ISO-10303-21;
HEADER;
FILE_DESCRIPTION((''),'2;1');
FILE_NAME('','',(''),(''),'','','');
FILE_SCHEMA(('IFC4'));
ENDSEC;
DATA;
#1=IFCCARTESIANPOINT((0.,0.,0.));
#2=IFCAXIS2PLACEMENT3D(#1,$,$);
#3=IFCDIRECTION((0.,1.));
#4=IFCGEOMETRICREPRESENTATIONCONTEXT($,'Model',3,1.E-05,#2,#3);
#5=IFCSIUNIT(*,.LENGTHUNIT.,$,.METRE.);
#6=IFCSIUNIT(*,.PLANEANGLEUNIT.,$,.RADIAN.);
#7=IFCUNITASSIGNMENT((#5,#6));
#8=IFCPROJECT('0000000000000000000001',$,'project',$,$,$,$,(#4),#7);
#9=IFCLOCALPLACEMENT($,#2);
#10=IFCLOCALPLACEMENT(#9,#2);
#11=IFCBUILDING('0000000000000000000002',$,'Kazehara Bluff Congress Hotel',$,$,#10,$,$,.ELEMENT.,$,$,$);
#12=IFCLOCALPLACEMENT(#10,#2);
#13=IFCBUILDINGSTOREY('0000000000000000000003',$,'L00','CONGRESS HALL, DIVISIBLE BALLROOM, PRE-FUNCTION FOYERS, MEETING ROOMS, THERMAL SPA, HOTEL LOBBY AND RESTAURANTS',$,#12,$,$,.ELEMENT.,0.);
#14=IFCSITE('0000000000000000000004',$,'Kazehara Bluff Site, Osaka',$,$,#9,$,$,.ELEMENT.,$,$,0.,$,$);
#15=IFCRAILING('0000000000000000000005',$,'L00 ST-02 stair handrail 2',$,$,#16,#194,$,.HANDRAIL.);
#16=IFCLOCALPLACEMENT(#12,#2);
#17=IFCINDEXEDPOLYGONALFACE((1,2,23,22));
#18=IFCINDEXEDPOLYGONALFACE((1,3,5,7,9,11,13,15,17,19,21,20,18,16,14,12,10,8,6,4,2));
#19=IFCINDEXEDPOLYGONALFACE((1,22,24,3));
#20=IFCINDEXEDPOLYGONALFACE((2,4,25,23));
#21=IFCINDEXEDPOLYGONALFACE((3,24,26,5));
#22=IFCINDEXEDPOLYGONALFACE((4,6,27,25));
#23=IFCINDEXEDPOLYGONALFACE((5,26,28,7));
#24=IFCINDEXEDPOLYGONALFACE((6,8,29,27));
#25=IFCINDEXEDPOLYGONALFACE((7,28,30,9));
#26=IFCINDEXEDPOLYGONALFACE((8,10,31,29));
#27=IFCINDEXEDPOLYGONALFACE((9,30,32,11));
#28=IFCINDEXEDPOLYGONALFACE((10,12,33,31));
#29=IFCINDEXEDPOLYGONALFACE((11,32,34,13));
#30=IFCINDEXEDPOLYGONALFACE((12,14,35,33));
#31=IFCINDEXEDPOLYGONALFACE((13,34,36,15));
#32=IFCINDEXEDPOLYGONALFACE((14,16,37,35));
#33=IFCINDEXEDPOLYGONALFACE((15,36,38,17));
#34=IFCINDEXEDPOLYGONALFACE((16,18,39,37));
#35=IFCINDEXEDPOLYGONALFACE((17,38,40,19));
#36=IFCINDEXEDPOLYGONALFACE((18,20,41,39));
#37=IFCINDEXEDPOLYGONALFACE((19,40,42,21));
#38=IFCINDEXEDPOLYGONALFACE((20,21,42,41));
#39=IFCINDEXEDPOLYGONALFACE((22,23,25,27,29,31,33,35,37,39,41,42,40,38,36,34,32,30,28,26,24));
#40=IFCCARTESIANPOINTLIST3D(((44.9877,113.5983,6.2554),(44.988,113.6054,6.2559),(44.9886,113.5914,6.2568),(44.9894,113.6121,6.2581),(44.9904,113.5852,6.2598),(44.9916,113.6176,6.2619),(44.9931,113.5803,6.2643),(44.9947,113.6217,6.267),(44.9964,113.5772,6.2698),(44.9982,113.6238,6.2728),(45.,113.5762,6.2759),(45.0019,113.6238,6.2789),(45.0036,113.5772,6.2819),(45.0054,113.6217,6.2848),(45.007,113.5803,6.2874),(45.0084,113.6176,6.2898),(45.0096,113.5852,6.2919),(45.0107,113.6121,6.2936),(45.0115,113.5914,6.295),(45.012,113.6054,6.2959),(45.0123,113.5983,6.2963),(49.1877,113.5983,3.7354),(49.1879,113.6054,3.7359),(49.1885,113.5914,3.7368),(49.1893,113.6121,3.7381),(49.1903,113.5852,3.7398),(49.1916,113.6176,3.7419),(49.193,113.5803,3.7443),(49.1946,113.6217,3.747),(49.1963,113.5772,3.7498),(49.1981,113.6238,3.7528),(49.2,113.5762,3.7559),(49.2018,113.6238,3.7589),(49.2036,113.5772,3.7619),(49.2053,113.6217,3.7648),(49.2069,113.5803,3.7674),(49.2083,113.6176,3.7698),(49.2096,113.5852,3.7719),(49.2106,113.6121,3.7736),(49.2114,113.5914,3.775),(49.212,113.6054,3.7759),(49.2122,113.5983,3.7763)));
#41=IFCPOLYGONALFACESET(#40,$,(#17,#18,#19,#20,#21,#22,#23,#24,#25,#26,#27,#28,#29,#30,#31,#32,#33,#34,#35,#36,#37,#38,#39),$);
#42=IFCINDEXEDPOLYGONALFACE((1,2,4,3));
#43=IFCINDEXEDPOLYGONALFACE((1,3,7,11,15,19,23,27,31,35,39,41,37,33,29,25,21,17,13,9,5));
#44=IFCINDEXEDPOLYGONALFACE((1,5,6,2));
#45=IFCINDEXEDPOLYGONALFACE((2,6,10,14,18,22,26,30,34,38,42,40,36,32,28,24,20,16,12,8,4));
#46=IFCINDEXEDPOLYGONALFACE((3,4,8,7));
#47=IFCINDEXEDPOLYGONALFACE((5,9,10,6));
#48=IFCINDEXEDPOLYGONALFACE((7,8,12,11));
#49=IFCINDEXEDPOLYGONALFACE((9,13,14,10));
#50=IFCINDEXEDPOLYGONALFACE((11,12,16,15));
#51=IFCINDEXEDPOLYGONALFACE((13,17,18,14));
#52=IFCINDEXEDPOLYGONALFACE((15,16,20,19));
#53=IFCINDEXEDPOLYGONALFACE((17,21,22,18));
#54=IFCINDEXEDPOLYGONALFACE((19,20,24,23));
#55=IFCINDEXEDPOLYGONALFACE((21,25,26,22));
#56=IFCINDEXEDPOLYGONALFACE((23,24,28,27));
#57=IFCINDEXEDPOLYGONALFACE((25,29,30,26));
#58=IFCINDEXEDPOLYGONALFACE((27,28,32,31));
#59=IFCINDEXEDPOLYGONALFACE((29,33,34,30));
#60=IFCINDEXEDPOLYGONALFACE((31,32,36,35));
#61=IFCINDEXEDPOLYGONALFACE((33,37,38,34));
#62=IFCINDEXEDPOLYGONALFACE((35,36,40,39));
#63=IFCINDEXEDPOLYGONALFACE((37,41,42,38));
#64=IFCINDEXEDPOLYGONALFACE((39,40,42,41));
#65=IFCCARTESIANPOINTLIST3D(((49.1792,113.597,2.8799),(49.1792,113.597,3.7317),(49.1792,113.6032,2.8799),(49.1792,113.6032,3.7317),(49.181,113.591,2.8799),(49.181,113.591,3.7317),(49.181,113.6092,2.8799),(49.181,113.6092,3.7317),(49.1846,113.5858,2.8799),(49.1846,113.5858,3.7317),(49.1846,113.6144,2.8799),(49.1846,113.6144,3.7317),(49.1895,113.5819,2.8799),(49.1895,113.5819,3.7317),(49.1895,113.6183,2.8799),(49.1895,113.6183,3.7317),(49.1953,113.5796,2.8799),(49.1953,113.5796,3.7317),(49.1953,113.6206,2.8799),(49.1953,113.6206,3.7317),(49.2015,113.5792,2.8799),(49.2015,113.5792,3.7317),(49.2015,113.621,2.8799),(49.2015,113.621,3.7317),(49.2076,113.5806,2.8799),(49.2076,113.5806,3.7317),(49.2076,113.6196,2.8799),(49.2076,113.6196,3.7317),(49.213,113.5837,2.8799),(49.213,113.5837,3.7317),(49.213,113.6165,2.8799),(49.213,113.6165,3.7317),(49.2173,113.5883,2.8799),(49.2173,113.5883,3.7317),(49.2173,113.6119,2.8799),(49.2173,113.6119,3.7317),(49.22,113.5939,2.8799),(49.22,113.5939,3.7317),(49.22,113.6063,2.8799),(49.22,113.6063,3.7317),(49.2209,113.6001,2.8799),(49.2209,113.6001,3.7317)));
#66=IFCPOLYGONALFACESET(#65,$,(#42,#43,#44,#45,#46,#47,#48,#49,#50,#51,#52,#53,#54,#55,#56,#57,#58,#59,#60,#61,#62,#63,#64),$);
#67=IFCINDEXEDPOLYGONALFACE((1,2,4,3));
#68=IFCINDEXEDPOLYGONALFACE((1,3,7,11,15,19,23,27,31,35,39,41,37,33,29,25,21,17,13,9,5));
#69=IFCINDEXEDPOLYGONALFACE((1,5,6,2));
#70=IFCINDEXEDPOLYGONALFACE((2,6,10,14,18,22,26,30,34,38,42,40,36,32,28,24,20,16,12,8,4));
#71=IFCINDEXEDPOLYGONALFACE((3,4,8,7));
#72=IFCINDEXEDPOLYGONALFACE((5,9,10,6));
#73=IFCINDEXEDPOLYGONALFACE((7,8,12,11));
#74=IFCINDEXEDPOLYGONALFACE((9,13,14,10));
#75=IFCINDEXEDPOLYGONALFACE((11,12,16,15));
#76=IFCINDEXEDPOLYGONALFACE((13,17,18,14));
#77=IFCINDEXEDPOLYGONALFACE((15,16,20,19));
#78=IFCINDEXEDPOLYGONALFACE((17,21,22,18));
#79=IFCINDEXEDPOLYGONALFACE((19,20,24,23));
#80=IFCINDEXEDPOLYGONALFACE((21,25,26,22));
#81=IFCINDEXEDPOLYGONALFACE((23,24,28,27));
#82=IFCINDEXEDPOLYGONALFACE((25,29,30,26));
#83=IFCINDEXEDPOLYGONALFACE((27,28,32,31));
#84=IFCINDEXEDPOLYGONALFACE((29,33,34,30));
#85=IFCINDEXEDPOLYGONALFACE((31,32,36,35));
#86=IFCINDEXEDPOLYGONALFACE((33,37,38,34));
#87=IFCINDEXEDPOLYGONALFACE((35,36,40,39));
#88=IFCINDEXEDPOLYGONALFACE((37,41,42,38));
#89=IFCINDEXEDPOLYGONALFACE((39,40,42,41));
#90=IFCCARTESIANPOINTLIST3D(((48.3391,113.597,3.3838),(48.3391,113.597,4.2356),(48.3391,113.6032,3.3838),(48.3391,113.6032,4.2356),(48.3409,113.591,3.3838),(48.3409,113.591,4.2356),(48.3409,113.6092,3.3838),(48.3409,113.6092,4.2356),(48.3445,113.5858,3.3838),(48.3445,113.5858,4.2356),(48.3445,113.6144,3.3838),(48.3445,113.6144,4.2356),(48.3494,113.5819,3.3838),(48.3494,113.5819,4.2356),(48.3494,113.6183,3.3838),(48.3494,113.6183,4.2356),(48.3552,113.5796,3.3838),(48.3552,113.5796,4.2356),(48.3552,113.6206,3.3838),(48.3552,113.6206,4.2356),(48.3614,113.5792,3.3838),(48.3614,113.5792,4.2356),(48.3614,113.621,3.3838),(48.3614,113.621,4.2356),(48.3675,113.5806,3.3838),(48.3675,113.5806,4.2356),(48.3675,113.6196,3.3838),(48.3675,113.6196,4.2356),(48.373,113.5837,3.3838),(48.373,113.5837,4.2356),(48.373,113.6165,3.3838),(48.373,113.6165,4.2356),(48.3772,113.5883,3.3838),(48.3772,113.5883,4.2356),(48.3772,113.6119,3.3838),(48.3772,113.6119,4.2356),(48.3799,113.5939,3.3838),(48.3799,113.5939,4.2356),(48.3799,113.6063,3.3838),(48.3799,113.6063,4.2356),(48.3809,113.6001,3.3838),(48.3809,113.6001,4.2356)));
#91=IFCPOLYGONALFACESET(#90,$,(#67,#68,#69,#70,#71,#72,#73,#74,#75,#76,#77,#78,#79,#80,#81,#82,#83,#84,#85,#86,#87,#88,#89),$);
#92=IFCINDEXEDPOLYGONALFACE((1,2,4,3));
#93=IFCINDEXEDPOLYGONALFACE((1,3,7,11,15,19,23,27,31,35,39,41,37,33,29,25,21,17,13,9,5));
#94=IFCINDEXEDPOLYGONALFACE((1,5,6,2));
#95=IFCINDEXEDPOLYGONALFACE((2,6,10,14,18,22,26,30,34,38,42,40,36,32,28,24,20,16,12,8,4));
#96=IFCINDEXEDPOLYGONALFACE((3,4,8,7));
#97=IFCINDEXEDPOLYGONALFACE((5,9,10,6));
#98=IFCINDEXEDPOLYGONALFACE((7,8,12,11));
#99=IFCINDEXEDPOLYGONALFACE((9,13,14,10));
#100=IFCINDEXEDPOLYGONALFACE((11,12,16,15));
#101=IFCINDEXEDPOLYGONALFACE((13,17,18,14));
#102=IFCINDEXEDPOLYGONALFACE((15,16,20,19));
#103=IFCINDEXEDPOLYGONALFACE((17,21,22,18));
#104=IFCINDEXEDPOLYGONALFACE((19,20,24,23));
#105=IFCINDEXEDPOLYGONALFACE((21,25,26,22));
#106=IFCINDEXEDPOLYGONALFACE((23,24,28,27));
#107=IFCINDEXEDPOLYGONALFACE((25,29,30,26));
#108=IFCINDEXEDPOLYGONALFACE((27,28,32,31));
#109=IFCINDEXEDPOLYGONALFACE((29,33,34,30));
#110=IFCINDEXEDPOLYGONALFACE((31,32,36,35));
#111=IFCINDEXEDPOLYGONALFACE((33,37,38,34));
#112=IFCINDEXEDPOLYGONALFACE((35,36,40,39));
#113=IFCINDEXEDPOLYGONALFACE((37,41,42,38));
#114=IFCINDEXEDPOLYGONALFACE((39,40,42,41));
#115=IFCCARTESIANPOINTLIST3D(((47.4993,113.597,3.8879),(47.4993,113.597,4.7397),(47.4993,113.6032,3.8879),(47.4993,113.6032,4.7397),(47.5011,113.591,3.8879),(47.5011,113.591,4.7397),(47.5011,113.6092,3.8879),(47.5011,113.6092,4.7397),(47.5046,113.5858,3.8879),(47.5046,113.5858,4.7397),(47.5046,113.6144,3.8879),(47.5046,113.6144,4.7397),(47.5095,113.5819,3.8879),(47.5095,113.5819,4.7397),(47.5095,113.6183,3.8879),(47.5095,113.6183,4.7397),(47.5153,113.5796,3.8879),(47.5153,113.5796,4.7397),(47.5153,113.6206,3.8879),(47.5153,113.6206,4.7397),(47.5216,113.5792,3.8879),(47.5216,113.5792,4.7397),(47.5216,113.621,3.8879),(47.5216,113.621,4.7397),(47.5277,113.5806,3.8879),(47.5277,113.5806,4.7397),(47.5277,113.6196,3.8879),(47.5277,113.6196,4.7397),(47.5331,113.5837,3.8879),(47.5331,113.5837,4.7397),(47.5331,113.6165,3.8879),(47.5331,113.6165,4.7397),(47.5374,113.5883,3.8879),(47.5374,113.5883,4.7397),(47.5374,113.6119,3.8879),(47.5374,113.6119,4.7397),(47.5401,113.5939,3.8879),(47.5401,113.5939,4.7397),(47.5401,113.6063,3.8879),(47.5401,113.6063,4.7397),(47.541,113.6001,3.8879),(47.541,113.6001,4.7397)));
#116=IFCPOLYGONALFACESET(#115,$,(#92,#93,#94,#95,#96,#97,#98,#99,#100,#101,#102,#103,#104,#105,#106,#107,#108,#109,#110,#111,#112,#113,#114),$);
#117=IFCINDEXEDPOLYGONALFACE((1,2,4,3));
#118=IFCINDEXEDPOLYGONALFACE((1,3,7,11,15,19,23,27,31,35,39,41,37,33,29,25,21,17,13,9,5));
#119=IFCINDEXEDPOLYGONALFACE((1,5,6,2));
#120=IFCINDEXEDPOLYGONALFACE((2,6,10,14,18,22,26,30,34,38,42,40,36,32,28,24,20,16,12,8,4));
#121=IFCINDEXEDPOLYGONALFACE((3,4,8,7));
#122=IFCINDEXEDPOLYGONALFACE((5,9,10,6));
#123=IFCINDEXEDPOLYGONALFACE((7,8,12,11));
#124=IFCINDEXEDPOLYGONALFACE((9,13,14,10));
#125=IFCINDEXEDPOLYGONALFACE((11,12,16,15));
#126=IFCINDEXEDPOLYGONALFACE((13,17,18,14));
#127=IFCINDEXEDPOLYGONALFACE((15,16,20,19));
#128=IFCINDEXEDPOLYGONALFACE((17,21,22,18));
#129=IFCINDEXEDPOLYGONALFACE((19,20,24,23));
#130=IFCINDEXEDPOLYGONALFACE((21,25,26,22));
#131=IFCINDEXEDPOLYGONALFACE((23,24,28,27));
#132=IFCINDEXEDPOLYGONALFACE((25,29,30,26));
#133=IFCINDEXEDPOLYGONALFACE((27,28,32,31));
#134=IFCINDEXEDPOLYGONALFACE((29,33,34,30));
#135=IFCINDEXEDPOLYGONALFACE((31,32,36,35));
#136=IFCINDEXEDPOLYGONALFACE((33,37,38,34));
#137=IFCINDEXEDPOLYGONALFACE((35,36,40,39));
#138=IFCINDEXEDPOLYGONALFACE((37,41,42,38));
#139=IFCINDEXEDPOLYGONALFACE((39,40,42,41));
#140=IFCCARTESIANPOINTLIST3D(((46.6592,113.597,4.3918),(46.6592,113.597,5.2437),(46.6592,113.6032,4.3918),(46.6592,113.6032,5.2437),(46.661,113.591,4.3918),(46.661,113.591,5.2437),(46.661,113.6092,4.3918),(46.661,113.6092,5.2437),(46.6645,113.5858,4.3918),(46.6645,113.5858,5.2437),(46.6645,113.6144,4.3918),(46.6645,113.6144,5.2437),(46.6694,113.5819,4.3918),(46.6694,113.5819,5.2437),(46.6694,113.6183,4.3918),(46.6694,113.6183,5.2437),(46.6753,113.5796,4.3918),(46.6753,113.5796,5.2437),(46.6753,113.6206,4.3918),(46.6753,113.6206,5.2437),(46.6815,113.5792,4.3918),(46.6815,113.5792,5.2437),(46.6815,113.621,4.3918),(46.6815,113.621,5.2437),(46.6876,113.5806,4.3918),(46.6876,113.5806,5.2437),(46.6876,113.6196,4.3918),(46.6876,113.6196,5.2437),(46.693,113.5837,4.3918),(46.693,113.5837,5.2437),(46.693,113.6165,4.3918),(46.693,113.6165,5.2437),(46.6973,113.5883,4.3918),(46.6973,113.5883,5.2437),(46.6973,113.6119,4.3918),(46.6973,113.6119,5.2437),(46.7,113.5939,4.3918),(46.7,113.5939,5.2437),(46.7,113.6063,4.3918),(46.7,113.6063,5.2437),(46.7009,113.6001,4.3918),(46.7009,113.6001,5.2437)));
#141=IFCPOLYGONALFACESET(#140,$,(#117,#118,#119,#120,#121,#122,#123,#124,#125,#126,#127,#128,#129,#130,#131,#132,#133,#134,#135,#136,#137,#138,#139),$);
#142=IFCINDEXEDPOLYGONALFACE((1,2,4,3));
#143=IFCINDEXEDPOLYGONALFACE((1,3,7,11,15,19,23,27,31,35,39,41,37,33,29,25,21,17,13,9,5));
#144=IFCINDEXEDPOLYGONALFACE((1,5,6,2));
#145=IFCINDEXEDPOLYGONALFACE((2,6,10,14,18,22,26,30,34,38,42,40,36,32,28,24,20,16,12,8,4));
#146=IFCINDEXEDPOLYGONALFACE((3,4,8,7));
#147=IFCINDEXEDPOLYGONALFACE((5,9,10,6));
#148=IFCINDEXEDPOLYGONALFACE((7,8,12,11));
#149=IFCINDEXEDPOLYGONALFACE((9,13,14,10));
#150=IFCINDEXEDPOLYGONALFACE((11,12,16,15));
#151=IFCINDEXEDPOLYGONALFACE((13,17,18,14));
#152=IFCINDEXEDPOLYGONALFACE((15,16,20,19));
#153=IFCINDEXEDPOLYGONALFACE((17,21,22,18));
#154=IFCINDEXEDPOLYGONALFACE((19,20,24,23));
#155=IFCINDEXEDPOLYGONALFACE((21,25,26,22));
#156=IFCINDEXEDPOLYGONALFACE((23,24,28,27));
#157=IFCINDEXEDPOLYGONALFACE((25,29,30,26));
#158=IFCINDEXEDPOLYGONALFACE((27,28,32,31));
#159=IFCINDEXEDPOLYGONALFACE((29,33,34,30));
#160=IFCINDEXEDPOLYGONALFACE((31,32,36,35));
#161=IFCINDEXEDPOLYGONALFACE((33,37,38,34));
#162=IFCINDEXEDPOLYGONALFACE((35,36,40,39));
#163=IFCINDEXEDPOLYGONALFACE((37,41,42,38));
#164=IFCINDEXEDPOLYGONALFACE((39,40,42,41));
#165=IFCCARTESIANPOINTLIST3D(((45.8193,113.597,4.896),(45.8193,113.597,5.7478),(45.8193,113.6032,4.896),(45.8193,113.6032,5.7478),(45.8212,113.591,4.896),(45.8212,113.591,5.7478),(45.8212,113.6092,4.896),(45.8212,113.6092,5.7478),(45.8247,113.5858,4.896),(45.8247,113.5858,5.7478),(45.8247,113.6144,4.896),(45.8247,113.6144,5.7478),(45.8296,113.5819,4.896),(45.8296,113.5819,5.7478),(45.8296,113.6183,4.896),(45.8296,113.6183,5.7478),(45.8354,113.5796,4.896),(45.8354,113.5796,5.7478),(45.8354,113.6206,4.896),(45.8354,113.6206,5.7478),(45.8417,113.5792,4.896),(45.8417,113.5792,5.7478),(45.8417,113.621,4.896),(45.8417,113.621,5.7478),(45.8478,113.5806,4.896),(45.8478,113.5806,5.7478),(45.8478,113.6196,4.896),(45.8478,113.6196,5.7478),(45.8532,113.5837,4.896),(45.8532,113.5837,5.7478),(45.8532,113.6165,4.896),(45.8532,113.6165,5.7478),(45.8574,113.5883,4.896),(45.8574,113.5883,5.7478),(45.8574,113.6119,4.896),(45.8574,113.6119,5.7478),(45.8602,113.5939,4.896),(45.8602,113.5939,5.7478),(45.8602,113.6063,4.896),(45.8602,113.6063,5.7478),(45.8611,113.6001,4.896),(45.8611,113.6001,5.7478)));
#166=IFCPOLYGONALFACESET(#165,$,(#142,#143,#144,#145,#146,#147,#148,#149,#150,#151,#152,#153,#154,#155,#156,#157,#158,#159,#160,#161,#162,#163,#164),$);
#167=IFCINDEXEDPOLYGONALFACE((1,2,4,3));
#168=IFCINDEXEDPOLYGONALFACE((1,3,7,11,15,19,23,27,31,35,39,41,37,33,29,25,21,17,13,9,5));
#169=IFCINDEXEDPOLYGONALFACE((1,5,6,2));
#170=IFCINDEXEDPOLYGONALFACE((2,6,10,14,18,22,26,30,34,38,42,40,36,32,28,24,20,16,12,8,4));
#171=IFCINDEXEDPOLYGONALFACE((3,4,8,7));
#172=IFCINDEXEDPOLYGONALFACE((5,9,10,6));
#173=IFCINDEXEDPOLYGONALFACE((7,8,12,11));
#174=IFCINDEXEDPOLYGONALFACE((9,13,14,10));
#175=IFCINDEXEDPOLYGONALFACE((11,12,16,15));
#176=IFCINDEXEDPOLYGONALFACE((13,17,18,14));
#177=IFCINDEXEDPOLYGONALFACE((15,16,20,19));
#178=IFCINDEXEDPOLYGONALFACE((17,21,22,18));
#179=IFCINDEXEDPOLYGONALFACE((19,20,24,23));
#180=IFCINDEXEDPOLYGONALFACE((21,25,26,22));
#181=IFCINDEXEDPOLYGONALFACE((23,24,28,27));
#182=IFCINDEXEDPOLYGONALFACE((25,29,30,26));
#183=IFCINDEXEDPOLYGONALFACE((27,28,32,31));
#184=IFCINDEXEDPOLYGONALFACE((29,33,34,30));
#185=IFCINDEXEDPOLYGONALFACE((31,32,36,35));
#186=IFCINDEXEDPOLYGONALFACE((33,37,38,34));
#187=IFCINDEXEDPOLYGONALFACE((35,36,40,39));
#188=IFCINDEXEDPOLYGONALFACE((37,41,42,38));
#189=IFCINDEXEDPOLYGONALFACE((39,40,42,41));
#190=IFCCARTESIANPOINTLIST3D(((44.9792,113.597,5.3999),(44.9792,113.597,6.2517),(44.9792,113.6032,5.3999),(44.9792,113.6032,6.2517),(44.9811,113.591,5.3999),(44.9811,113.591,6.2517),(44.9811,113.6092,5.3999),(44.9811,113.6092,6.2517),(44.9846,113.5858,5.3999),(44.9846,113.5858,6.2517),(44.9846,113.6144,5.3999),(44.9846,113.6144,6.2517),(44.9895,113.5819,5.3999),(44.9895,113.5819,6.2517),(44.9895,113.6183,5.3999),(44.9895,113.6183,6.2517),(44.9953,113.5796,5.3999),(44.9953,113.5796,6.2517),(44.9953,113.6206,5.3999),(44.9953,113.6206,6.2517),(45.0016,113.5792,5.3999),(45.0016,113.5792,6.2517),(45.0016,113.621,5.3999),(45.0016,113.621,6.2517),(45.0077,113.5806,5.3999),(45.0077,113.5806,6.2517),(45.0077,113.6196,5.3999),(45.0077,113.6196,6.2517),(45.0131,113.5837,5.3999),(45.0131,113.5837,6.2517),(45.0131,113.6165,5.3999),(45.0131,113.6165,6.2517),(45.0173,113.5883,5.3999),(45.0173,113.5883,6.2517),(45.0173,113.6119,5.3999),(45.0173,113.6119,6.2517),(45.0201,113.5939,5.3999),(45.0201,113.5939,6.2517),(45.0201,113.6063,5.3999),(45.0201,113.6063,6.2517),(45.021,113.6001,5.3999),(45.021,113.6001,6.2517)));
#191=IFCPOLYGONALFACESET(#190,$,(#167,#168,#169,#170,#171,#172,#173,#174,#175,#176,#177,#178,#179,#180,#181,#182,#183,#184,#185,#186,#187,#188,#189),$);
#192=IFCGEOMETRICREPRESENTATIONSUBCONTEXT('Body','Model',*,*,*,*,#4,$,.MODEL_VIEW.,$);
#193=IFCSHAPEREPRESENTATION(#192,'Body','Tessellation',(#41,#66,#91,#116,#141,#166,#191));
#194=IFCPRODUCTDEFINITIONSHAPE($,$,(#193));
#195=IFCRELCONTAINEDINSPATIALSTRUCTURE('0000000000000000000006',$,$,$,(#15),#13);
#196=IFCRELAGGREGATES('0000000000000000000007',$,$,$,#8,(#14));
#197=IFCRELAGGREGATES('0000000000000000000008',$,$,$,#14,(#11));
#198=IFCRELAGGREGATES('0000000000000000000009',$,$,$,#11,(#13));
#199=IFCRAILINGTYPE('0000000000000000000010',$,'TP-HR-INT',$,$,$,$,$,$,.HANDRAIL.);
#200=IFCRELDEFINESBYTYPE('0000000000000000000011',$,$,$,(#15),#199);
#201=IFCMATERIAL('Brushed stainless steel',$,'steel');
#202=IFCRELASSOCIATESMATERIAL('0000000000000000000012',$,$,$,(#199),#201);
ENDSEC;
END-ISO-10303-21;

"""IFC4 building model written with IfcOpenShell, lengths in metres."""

from ifc_helpers import new_model, si_unit, direction, frame, origin, origin_2d, place, context, subcontext, project, spatial, circle, extrude, material, type_object, element, save


model = new_model("IFC4")

# Units and contexts
model_context = context("Model", 3, precision=1e-05, world=origin(), true_north=direction((0.0, 1.0)))
body_context = subcontext(model_context, "Body", "Model", "MODEL_VIEW")
ifc_project = project(units=[si_unit("LENGTHUNIT", "METRE"), si_unit("PLANEANGLEUNIT", "RADIAN")], contexts=[model_context])

# Site, building, storey
site_placement = place(None, origin())
site = spatial("IfcSite", under=ifc_project, at=site_placement, Name="Kazehara Bluff Site, Osaka", CompositionType="ELEMENT", RefElevation=0.0)
building_placement = place(site_placement, origin())
building = spatial("IfcBuilding", under=site, at=building_placement, Name="Kazehara Bluff Congress Hotel", CompositionType="ELEMENT")
storey_placement = place(building_placement, origin())
storey = spatial("IfcBuildingStorey", under=building, at=storey_placement, Name="L00", Description="CONGRESS HALL, DIVISIBLE BALLROOM, PRE-FUNCTION FOYERS, MEETING ROOMS, THERMAL SPA, HOTEL LOBBY AND RESTAURANTS", CompositionType="ELEMENT", Elevation=0.0)

# Railing
ifc_material_1 = material(Name="Brushed stainless steel", Category="steel")
railing_type = type_object("IfcRailingType", Name="TP-HR-INT", PredefinedType="HANDRAIL", material=ifc_material_1)
railing_placement = place(storey_placement, frame((49.2, 113.6001, 2.8799)))
element("IfcRailing", 1, at=railing_placement, inside=storey, type_object=railing_type, Name="L00 ST-02 stair handrail 2", PredefinedType="HANDRAIL", context=body_context, shape_type="SweptSolid", body=[
    extrude(circle(Radius=0.0239, at=origin_2d()), frame((0.0, 0.0, 0.876), z_axis=(-0.857489, 0.0, 0.514503), x_axis=(0.0, -1.0, 0.0)), (0.0, 0.0, 1.0), 4.8979),
    extrude(circle(Radius=0.021, at=origin_2d()), origin(), (0.0, 0.0, 1.0), 0.8518),
    extrude(circle(Radius=0.021, at=origin_2d()), frame((-0.8401, 0.0, 0.5039)), (0.0, 0.0, 1.0), 0.8518),
    extrude(circle(Radius=0.021, at=origin_2d()), frame((-1.6799, 0.0, 1.0081)), (0.0, 0.0, 1.0), 0.8518),
    extrude(circle(Radius=0.021, at=origin_2d()), frame((-2.52, 0.0, 1.512)), (0.0, 0.0, 1.0), 0.8518),
    extrude(circle(Radius=0.021, at=origin_2d()), frame((-3.3599, 0.0, 2.0161)), (0.0, 0.0, 1.0), 0.8518),
    extrude(circle(Radius=0.021, at=origin_2d()), frame((-4.2, 0.0, 2.52)), (0.0, 0.0, 1.0), 0.8518),
])

save(model, "model.ifc")
